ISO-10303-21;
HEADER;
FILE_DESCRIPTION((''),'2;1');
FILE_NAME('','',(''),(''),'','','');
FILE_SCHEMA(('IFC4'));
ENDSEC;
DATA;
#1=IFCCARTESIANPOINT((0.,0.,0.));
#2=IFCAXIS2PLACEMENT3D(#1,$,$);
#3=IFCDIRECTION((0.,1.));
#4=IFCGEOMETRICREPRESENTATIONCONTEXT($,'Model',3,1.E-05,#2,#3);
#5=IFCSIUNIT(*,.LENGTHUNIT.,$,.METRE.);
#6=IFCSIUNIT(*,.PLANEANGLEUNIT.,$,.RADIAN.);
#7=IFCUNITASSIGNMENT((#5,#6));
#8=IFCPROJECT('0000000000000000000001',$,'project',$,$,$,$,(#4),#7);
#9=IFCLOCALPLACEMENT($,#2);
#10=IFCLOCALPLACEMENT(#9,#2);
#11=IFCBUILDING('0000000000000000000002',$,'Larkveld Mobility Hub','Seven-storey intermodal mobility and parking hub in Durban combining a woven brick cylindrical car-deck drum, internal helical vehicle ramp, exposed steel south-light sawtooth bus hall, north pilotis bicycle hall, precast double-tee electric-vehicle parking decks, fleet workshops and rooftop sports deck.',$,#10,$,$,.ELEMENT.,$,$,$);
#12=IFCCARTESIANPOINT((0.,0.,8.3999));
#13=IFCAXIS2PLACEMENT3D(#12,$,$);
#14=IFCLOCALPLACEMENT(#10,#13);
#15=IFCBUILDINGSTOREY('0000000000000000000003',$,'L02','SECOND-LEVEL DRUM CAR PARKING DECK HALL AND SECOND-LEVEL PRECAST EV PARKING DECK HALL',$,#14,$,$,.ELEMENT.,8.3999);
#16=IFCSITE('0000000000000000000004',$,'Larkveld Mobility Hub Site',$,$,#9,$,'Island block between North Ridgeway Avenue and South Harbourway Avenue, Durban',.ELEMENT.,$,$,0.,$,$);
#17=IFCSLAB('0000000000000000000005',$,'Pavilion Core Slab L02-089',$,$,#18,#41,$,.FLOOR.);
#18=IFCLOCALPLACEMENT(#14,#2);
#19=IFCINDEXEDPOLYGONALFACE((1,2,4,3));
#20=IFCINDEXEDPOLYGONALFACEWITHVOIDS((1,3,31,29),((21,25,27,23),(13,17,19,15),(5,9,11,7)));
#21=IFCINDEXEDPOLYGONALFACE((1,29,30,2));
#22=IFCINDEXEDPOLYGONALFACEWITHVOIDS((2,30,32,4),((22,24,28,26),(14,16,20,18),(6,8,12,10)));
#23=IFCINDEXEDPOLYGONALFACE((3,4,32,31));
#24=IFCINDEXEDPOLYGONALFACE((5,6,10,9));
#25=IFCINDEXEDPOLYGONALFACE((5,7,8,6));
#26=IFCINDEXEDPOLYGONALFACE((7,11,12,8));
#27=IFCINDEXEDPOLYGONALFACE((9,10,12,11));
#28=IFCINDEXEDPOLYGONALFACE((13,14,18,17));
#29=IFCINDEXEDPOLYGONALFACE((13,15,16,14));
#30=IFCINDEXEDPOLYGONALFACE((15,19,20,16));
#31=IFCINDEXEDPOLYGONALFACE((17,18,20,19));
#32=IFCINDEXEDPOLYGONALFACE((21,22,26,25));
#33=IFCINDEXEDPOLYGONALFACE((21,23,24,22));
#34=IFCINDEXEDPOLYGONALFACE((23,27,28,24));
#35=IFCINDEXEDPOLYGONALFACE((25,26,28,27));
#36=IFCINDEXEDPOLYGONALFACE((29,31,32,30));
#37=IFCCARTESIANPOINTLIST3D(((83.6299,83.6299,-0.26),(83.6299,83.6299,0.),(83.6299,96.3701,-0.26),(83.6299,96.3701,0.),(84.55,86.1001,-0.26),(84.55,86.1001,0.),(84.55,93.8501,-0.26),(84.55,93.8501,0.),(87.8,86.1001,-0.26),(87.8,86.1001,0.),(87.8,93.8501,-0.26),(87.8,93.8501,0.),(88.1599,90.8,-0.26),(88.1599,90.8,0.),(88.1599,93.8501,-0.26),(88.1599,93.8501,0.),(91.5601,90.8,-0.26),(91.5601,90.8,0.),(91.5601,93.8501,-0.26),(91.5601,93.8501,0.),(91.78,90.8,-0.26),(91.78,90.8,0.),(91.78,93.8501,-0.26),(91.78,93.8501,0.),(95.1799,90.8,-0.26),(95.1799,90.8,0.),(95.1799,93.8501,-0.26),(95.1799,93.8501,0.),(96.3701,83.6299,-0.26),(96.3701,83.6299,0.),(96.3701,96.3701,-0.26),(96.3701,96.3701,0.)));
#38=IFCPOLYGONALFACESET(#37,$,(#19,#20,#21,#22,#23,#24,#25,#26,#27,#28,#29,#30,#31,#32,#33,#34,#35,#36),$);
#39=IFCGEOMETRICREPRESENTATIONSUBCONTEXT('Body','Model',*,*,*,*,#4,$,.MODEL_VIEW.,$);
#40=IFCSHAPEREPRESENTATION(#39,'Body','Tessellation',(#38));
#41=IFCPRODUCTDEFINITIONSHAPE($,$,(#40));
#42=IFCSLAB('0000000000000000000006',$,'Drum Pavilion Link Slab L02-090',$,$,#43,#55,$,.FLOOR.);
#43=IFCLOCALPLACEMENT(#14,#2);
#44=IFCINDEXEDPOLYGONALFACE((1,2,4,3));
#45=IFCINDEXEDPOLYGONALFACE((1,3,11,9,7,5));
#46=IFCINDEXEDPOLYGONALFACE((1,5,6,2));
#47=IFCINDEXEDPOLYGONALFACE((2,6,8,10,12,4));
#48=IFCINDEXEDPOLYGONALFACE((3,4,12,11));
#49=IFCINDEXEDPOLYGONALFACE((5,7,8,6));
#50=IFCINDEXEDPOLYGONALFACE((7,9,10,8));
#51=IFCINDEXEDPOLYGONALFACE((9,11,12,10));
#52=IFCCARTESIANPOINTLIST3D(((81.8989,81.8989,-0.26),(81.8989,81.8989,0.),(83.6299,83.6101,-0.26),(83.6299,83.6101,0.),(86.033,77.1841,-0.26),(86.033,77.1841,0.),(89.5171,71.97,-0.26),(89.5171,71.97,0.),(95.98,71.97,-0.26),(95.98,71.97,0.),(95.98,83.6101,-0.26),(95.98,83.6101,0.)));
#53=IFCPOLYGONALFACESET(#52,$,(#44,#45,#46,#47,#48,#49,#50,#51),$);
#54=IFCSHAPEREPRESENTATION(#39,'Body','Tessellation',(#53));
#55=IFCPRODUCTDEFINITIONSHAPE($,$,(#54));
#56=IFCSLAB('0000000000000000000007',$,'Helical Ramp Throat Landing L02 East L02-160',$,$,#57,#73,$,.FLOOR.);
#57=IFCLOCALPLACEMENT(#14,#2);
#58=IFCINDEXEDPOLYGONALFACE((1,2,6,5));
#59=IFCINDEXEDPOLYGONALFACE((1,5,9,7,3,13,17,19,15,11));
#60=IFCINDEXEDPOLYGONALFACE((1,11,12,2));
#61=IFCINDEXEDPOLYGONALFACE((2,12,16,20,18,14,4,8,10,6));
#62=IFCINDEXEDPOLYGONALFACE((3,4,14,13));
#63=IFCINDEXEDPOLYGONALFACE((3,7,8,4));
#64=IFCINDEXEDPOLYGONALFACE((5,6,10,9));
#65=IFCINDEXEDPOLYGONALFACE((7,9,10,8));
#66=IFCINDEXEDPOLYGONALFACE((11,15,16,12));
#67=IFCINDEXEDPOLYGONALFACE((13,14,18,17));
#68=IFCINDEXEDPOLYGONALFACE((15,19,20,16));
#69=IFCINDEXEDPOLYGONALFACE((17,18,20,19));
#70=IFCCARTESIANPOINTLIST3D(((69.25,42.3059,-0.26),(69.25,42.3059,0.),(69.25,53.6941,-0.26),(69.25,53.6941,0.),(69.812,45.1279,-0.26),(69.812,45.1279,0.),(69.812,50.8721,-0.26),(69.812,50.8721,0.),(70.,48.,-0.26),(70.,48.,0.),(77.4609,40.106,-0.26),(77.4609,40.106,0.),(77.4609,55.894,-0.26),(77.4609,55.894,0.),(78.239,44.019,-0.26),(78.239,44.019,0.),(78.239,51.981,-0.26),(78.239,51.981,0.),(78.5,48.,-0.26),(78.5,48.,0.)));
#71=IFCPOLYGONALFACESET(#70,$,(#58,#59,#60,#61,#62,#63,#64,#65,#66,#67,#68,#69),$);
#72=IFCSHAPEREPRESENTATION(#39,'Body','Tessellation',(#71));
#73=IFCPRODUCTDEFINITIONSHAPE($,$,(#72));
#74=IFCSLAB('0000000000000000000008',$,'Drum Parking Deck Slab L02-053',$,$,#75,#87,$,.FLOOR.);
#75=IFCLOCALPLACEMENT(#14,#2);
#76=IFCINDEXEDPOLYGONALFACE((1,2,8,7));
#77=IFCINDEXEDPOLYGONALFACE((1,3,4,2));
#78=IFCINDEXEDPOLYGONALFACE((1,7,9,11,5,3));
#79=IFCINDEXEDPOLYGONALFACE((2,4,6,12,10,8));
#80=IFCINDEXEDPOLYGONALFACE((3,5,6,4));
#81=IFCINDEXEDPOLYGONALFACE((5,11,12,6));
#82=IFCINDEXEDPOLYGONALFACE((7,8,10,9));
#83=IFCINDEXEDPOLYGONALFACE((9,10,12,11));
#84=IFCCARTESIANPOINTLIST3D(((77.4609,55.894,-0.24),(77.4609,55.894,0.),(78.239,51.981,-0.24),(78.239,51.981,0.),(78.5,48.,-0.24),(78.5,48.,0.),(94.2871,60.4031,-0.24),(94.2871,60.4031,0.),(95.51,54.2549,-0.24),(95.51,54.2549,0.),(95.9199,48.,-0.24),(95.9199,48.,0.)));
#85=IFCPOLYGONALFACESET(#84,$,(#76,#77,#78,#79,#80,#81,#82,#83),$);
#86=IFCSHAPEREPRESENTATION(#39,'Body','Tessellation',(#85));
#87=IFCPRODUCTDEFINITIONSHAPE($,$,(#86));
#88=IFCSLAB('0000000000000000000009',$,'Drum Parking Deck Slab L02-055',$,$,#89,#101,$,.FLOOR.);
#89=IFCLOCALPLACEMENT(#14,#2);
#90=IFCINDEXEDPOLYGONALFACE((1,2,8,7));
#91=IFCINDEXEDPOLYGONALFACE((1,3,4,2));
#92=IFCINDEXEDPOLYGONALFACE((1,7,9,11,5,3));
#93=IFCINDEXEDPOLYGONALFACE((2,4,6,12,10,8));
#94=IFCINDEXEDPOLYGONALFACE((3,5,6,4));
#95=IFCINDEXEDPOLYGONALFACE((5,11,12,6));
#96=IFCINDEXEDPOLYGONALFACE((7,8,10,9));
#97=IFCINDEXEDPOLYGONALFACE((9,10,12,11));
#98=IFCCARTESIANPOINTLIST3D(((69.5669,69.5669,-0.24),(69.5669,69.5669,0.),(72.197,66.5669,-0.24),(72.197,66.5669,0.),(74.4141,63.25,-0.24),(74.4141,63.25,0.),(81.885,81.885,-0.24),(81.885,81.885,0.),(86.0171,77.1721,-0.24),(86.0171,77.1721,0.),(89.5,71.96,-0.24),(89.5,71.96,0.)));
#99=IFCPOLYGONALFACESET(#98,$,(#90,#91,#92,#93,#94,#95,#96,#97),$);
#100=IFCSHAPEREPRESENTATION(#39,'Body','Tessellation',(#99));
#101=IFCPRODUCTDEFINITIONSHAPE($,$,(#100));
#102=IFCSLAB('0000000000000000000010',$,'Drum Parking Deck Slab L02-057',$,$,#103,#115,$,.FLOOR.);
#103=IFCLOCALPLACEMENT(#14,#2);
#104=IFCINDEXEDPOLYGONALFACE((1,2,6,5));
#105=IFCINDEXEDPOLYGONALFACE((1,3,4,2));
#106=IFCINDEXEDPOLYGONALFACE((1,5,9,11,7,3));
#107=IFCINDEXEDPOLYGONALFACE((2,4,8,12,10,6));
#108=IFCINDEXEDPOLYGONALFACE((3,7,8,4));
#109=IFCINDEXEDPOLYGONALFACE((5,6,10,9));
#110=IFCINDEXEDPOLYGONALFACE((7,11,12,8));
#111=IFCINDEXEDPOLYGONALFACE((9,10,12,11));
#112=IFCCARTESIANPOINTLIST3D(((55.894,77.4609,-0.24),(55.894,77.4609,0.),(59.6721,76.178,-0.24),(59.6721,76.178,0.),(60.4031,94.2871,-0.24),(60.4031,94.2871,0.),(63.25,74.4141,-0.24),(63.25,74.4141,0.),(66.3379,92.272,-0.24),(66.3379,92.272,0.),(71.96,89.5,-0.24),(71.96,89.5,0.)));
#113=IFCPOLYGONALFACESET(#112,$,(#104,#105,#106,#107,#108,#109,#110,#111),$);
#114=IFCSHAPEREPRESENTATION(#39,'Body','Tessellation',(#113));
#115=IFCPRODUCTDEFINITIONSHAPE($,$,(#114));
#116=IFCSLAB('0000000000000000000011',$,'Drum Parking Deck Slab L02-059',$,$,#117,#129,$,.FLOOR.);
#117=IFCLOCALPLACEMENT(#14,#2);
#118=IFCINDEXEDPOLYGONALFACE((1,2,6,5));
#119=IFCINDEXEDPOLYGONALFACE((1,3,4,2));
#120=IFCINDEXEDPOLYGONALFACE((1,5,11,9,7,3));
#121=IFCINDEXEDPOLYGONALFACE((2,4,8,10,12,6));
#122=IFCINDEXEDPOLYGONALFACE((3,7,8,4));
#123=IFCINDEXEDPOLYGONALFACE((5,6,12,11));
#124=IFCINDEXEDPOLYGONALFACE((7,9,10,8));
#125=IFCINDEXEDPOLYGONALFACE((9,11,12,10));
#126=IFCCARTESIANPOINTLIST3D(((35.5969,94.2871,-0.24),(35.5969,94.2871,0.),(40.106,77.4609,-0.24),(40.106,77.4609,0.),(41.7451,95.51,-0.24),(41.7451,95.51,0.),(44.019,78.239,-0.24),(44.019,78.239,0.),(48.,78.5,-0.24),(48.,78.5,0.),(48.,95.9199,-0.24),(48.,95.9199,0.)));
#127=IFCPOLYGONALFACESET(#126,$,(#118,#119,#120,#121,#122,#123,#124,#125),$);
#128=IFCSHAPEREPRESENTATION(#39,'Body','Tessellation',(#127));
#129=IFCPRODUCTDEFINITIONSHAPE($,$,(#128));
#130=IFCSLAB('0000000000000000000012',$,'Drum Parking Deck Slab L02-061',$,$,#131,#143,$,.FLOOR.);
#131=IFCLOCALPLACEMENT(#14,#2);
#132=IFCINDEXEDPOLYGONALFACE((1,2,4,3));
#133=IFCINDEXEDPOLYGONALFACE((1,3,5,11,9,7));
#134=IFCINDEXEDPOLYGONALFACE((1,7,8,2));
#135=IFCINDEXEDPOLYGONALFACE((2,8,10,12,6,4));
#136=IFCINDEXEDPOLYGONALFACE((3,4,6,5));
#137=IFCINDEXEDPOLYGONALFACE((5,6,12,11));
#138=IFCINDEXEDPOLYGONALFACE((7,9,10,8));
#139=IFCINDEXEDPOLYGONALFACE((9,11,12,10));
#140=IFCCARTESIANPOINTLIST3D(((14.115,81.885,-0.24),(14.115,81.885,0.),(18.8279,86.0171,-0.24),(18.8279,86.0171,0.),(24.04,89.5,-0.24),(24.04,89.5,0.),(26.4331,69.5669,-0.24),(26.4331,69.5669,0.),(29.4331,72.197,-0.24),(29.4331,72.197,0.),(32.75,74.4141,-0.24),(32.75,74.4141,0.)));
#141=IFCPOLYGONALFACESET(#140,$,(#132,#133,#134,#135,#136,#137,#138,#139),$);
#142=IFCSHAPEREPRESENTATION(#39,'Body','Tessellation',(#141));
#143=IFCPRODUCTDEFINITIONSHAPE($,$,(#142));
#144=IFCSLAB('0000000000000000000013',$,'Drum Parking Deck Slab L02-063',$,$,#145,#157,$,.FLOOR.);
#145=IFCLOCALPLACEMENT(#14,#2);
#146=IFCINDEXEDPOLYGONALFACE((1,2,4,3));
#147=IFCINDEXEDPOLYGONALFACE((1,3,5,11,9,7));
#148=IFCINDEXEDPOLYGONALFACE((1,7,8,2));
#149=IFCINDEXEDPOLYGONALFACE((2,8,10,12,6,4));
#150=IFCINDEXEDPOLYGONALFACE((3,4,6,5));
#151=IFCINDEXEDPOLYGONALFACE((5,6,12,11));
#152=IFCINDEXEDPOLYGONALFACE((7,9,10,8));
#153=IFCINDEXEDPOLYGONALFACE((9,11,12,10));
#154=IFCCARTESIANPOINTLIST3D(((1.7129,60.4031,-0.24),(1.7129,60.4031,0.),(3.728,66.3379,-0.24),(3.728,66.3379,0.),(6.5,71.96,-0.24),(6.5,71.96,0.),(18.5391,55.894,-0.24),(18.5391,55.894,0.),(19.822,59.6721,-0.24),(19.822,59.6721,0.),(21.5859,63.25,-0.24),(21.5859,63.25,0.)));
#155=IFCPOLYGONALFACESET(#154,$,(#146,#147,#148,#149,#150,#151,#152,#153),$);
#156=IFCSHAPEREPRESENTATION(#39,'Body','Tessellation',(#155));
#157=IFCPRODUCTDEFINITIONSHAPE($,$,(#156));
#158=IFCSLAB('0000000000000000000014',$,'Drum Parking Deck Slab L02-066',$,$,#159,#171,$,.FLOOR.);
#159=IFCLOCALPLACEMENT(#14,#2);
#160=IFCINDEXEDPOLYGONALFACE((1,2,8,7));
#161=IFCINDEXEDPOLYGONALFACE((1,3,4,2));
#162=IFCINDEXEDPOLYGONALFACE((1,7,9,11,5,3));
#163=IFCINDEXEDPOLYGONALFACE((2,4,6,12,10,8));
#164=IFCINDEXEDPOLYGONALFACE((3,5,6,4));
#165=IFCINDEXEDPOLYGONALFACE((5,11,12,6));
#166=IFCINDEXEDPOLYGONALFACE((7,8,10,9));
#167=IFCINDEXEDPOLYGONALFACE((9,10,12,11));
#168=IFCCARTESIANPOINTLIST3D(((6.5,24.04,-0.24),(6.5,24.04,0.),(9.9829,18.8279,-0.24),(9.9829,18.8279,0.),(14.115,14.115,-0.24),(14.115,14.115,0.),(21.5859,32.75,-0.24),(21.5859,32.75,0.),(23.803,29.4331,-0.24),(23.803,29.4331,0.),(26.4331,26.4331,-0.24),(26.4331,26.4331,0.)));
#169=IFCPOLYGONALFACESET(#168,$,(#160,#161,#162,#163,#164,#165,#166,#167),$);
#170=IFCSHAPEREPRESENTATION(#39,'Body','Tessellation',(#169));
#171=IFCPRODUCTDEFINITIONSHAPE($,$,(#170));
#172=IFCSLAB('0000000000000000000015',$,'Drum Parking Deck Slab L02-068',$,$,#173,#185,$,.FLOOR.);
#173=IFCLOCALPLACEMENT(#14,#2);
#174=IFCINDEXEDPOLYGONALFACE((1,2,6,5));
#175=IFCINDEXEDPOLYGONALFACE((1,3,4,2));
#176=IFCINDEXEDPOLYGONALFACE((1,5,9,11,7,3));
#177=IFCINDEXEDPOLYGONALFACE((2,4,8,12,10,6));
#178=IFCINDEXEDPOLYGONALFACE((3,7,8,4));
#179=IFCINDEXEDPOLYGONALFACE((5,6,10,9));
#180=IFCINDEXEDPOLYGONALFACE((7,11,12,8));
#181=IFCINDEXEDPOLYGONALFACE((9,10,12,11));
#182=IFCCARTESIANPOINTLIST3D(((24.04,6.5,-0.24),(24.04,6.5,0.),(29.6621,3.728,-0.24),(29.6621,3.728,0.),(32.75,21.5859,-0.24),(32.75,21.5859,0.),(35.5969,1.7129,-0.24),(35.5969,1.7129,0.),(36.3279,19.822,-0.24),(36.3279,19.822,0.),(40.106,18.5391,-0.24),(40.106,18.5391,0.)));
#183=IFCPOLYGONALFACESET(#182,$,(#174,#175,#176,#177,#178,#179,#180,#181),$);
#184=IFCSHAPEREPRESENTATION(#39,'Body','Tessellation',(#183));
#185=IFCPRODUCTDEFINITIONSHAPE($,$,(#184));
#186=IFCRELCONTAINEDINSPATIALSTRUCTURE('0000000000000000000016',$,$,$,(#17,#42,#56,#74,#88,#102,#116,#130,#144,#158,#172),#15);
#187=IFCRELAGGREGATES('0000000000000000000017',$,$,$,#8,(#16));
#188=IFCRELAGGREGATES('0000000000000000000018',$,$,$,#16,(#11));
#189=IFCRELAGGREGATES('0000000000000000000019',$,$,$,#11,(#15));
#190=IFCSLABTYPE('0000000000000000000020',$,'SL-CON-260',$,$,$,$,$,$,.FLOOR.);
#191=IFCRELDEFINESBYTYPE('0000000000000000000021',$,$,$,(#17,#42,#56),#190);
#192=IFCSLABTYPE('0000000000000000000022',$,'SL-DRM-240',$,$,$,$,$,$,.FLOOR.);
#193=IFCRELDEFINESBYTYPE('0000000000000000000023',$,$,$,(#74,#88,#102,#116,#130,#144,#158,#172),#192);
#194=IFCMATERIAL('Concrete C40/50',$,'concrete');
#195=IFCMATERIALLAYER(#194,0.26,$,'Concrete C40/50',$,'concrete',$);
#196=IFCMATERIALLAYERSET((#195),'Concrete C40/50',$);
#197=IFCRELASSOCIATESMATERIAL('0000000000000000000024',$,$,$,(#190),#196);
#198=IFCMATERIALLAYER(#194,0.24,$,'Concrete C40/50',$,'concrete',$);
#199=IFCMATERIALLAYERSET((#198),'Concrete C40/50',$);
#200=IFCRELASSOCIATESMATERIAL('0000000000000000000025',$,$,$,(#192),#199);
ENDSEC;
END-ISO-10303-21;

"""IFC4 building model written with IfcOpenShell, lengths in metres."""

from ifc_helpers import new_model, si_unit, direction, frame, origin, place, context, subcontext, project, spatial, polyline, outline, extrude, material, layer, layer_set, type_object, element, save


model = new_model("IFC4")

# Units and contexts
model_context = context("Model", 3, precision=1e-05, world=origin(), true_north=direction((0.0, 1.0)))
body_context = subcontext(model_context, "Body", "Model", "MODEL_VIEW")
ifc_project = project(units=[si_unit("LENGTHUNIT", "METRE"), si_unit("PLANEANGLEUNIT", "RADIAN")], contexts=[model_context])

# Site, building, storey
site_placement = place(None, origin())
site = spatial("IfcSite", under=ifc_project, at=site_placement, Name="Larkveld Mobility Hub Site", LongName="Island block between North Ridgeway Avenue and South Harbourway Avenue, Durban", CompositionType="ELEMENT", RefElevation=0.0)
building_placement = place(site_placement, origin())
building = spatial("IfcBuilding", under=site, at=building_placement, Name="Larkveld Mobility Hub", Description="Seven-storey intermodal mobility and parking hub in Durban combining a woven brick cylindrical car-deck drum, internal helical vehicle ramp, exposed steel south-light sawtooth bus hall, north pilotis bicycle hall, precast double-tee electric-vehicle parking decks, fleet workshops and rooftop sports deck.", CompositionType="ELEMENT")
storey_placement = place(building_placement, frame((0.0, 0.0, 8.3999)))
storey = spatial("IfcBuildingStorey", under=building, at=storey_placement, Name="L02", Description="SECOND-LEVEL DRUM CAR PARKING DECK HALL AND SECOND-LEVEL PRECAST EV PARKING DECK HALL", CompositionType="ELEMENT", Elevation=8.3999)

# Slabs
ifc_material = material(Name="Concrete C40/50", Category="concrete")
ifc_layer_1 = layer(ifc_material, 0.26, Name="Concrete C40/50", Category="concrete")
ifc_layer_set_1 = layer_set([ifc_layer_1], Name="Concrete C40/50")
slab_type_1 = type_object("IfcSlabType", Name="SL-CON-260", PredefinedType="FLOOR", material=ifc_layer_set_1)
slab_1_placement = place(storey_placement, frame((0.0, 0.0, -0.26)))
element("IfcSlab", 1, at=slab_1_placement, inside=storey, type_object=slab_type_1, Name="Pavilion Core Slab L02-089", PredefinedType="FLOOR", context=body_context, shape_type="SweptSolid", body=[
    extrude(outline(polyline([(83.6299, 83.6299), (96.3701, 83.6299), (96.3701, 96.3701), (83.6299, 96.3701), (83.6299, 83.6299)]), holes=[polyline([(84.55, 86.1001), (84.55, 93.8501), (87.8, 93.8501), (87.8, 86.1001), (84.55, 86.1001)]), polyline([(88.1599, 90.8), (88.1599, 93.8501), (91.5601, 93.8501), (91.5601, 90.8), (88.1599, 90.8)]), polyline([(91.78, 90.8), (91.78, 93.8501), (95.1799, 93.8501), (95.1799, 90.8), (91.78, 90.8)])]), origin(), (0.0, 0.0, 1.0), 0.26),
])
slab_2_placement = place(storey_placement, frame((0.0, 0.0, -0.26)))
element("IfcSlab", 2, at=slab_2_placement, inside=storey, type_object=slab_type_1, Name="Drum Pavilion Link Slab L02-090", PredefinedType="FLOOR", context=body_context, shape_type="SweptSolid", body=[
    extrude(outline(polyline([(89.5171, 71.97), (95.98, 71.97), (95.98, 83.6101), (83.6299, 83.6101), (81.8989, 81.8989), (86.033, 77.1841), (89.5171, 71.97)])), origin(), (0.0, 0.0, 1.0), 0.26),
])
slab_3_placement = place(storey_placement, frame((0.0, 0.0, -0.26)))
element("IfcSlab", 3, at=slab_3_placement, inside=storey, type_object=slab_type_1, Name="Helical Ramp Throat Landing L02 East L02-160", PredefinedType="FLOOR", context=body_context, shape_type="SweptSolid", body=[
    extrude(outline(polyline([(77.4609, 40.106), (78.239, 44.019), (78.5, 48.0), (78.239, 51.981), (77.4609, 55.894), (69.25, 53.6941), (69.812, 50.8721), (70.0, 48.0), (69.812, 45.1279), (69.25, 42.3059), (77.4609, 40.106)])), origin(), (0.0, 0.0, 1.0), 0.26),
])
ifc_layer_2 = layer(ifc_material, 0.24, Name="Concrete C40/50", Category="concrete")
ifc_layer_set_2 = layer_set([ifc_layer_2], Name="Concrete C40/50")
slab_type_2 = type_object("IfcSlabType", Name="SL-DRM-240", PredefinedType="FLOOR", material=ifc_layer_set_2)
slab_4_placement = place(storey_placement, frame((0.0, 0.0, -0.24)))
element("IfcSlab", 4, at=slab_4_placement, inside=storey, type_object=slab_type_2, Name="Drum Parking Deck Slab L02-053", PredefinedType="FLOOR", context=body_context, shape_type="SweptSolid", body=[
    extrude(outline(polyline([(95.9199, 48.0), (95.51, 54.2549), (94.2871, 60.4031), (77.4609, 55.894), (78.239, 51.981), (78.5, 48.0), (95.9199, 48.0)])), origin(), (0.0, 0.0, 1.0), 0.24),
])
slab_5_placement = place(storey_placement, frame((0.0, 0.0, -0.24)))
element("IfcSlab", 5, at=slab_5_placement, inside=storey, type_object=slab_type_2, Name="Drum Parking Deck Slab L02-055", PredefinedType="FLOOR", context=body_context, shape_type="SweptSolid", body=[
    extrude(outline(polyline([(89.5, 71.96), (86.0171, 77.1721), (81.885, 81.885), (69.5669, 69.5669), (72.197, 66.5669), (74.4141, 63.25), (89.5, 71.96)])), origin(), (0.0, 0.0, 1.0), 0.24),
])
slab_6_placement = place(storey_placement, frame((0.0, 0.0, -0.24)))
element("IfcSlab", 6, at=slab_6_placement, inside=storey, type_object=slab_type_2, Name="Drum Parking Deck Slab L02-057", PredefinedType="FLOOR", context=body_context, shape_type="SweptSolid", body=[
    extrude(outline(polyline([(71.96, 89.5), (66.3379, 92.272), (60.4031, 94.2871), (55.894, 77.4609), (59.6721, 76.178), (63.25, 74.4141), (71.96, 89.5)])), origin(), (0.0, 0.0, 1.0), 0.24),
])
slab_7_placement = place(storey_placement, frame((0.0, 0.0, -0.24)))
element("IfcSlab", 7, at=slab_7_placement, inside=storey, type_object=slab_type_2, Name="Drum Parking Deck Slab L02-059", PredefinedType="FLOOR", context=body_context, shape_type="SweptSolid", body=[
    extrude(outline(polyline([(48.0, 95.9199), (41.7451, 95.51), (35.5969, 94.2871), (40.106, 77.4609), (44.019, 78.239), (48.0, 78.5), (48.0, 95.9199)])), origin(), (0.0, 0.0, 1.0), 0.24),
])
slab_8_placement = place(storey_placement, frame((0.0, 0.0, -0.24)))
element("IfcSlab", 8, at=slab_8_placement, inside=storey, type_object=slab_type_2, Name="Drum Parking Deck Slab L02-061", PredefinedType="FLOOR", context=body_context, shape_type="SweptSolid", body=[
    extrude(outline(polyline([(24.04, 89.5), (18.8279, 86.0171), (14.115, 81.885), (26.4331, 69.5669), (29.4331, 72.197), (32.75, 74.4141), (24.04, 89.5)])), origin(), (0.0, 0.0, 1.0), 0.24),
])
slab_9_placement = place(storey_placement, frame((0.0, 0.0, -0.24)))
element("IfcSlab", 9, at=slab_9_placement, inside=storey, type_object=slab_type_2, Name="Drum Parking Deck Slab L02-063", PredefinedType="FLOOR", context=body_context, shape_type="SweptSolid", body=[
    extrude(outline(polyline([(6.5, 71.96), (3.728, 66.3379), (1.7129, 60.4031), (18.5391, 55.894), (19.822, 59.6721), (21.5859, 63.25), (6.5, 71.96)])), origin(), (0.0, 0.0, 1.0), 0.24),
])
slab_10_placement = place(storey_placement, frame((0.0, 0.0, -0.24)))
element("IfcSlab", 10, at=slab_10_placement, inside=storey, type_object=slab_type_2, Name="Drum Parking Deck Slab L02-066", PredefinedType="FLOOR", context=body_context, shape_type="SweptSolid", body=[
    extrude(outline(polyline([(6.5, 24.04), (9.9829, 18.8279), (14.115, 14.115), (26.4331, 26.4331), (23.803, 29.4331), (21.5859, 32.75), (6.5, 24.04)])), origin(), (0.0, 0.0, 1.0), 0.24),
])
slab_11_placement = place(storey_placement, frame((0.0, 0.0, -0.24)))
element("IfcSlab", 11, at=slab_11_placement, inside=storey, type_object=slab_type_2, Name="Drum Parking Deck Slab L02-068", PredefinedType="FLOOR", context=body_context, shape_type="SweptSolid", body=[
    extrude(outline(polyline([(24.04, 6.5), (29.6621, 3.728), (35.5969, 1.7129), (40.106, 18.5391), (36.3279, 19.822), (32.75, 21.5859), (24.04, 6.5)])), origin(), (0.0, 0.0, 1.0), 0.24),
])

save(model, "model.ifc")
